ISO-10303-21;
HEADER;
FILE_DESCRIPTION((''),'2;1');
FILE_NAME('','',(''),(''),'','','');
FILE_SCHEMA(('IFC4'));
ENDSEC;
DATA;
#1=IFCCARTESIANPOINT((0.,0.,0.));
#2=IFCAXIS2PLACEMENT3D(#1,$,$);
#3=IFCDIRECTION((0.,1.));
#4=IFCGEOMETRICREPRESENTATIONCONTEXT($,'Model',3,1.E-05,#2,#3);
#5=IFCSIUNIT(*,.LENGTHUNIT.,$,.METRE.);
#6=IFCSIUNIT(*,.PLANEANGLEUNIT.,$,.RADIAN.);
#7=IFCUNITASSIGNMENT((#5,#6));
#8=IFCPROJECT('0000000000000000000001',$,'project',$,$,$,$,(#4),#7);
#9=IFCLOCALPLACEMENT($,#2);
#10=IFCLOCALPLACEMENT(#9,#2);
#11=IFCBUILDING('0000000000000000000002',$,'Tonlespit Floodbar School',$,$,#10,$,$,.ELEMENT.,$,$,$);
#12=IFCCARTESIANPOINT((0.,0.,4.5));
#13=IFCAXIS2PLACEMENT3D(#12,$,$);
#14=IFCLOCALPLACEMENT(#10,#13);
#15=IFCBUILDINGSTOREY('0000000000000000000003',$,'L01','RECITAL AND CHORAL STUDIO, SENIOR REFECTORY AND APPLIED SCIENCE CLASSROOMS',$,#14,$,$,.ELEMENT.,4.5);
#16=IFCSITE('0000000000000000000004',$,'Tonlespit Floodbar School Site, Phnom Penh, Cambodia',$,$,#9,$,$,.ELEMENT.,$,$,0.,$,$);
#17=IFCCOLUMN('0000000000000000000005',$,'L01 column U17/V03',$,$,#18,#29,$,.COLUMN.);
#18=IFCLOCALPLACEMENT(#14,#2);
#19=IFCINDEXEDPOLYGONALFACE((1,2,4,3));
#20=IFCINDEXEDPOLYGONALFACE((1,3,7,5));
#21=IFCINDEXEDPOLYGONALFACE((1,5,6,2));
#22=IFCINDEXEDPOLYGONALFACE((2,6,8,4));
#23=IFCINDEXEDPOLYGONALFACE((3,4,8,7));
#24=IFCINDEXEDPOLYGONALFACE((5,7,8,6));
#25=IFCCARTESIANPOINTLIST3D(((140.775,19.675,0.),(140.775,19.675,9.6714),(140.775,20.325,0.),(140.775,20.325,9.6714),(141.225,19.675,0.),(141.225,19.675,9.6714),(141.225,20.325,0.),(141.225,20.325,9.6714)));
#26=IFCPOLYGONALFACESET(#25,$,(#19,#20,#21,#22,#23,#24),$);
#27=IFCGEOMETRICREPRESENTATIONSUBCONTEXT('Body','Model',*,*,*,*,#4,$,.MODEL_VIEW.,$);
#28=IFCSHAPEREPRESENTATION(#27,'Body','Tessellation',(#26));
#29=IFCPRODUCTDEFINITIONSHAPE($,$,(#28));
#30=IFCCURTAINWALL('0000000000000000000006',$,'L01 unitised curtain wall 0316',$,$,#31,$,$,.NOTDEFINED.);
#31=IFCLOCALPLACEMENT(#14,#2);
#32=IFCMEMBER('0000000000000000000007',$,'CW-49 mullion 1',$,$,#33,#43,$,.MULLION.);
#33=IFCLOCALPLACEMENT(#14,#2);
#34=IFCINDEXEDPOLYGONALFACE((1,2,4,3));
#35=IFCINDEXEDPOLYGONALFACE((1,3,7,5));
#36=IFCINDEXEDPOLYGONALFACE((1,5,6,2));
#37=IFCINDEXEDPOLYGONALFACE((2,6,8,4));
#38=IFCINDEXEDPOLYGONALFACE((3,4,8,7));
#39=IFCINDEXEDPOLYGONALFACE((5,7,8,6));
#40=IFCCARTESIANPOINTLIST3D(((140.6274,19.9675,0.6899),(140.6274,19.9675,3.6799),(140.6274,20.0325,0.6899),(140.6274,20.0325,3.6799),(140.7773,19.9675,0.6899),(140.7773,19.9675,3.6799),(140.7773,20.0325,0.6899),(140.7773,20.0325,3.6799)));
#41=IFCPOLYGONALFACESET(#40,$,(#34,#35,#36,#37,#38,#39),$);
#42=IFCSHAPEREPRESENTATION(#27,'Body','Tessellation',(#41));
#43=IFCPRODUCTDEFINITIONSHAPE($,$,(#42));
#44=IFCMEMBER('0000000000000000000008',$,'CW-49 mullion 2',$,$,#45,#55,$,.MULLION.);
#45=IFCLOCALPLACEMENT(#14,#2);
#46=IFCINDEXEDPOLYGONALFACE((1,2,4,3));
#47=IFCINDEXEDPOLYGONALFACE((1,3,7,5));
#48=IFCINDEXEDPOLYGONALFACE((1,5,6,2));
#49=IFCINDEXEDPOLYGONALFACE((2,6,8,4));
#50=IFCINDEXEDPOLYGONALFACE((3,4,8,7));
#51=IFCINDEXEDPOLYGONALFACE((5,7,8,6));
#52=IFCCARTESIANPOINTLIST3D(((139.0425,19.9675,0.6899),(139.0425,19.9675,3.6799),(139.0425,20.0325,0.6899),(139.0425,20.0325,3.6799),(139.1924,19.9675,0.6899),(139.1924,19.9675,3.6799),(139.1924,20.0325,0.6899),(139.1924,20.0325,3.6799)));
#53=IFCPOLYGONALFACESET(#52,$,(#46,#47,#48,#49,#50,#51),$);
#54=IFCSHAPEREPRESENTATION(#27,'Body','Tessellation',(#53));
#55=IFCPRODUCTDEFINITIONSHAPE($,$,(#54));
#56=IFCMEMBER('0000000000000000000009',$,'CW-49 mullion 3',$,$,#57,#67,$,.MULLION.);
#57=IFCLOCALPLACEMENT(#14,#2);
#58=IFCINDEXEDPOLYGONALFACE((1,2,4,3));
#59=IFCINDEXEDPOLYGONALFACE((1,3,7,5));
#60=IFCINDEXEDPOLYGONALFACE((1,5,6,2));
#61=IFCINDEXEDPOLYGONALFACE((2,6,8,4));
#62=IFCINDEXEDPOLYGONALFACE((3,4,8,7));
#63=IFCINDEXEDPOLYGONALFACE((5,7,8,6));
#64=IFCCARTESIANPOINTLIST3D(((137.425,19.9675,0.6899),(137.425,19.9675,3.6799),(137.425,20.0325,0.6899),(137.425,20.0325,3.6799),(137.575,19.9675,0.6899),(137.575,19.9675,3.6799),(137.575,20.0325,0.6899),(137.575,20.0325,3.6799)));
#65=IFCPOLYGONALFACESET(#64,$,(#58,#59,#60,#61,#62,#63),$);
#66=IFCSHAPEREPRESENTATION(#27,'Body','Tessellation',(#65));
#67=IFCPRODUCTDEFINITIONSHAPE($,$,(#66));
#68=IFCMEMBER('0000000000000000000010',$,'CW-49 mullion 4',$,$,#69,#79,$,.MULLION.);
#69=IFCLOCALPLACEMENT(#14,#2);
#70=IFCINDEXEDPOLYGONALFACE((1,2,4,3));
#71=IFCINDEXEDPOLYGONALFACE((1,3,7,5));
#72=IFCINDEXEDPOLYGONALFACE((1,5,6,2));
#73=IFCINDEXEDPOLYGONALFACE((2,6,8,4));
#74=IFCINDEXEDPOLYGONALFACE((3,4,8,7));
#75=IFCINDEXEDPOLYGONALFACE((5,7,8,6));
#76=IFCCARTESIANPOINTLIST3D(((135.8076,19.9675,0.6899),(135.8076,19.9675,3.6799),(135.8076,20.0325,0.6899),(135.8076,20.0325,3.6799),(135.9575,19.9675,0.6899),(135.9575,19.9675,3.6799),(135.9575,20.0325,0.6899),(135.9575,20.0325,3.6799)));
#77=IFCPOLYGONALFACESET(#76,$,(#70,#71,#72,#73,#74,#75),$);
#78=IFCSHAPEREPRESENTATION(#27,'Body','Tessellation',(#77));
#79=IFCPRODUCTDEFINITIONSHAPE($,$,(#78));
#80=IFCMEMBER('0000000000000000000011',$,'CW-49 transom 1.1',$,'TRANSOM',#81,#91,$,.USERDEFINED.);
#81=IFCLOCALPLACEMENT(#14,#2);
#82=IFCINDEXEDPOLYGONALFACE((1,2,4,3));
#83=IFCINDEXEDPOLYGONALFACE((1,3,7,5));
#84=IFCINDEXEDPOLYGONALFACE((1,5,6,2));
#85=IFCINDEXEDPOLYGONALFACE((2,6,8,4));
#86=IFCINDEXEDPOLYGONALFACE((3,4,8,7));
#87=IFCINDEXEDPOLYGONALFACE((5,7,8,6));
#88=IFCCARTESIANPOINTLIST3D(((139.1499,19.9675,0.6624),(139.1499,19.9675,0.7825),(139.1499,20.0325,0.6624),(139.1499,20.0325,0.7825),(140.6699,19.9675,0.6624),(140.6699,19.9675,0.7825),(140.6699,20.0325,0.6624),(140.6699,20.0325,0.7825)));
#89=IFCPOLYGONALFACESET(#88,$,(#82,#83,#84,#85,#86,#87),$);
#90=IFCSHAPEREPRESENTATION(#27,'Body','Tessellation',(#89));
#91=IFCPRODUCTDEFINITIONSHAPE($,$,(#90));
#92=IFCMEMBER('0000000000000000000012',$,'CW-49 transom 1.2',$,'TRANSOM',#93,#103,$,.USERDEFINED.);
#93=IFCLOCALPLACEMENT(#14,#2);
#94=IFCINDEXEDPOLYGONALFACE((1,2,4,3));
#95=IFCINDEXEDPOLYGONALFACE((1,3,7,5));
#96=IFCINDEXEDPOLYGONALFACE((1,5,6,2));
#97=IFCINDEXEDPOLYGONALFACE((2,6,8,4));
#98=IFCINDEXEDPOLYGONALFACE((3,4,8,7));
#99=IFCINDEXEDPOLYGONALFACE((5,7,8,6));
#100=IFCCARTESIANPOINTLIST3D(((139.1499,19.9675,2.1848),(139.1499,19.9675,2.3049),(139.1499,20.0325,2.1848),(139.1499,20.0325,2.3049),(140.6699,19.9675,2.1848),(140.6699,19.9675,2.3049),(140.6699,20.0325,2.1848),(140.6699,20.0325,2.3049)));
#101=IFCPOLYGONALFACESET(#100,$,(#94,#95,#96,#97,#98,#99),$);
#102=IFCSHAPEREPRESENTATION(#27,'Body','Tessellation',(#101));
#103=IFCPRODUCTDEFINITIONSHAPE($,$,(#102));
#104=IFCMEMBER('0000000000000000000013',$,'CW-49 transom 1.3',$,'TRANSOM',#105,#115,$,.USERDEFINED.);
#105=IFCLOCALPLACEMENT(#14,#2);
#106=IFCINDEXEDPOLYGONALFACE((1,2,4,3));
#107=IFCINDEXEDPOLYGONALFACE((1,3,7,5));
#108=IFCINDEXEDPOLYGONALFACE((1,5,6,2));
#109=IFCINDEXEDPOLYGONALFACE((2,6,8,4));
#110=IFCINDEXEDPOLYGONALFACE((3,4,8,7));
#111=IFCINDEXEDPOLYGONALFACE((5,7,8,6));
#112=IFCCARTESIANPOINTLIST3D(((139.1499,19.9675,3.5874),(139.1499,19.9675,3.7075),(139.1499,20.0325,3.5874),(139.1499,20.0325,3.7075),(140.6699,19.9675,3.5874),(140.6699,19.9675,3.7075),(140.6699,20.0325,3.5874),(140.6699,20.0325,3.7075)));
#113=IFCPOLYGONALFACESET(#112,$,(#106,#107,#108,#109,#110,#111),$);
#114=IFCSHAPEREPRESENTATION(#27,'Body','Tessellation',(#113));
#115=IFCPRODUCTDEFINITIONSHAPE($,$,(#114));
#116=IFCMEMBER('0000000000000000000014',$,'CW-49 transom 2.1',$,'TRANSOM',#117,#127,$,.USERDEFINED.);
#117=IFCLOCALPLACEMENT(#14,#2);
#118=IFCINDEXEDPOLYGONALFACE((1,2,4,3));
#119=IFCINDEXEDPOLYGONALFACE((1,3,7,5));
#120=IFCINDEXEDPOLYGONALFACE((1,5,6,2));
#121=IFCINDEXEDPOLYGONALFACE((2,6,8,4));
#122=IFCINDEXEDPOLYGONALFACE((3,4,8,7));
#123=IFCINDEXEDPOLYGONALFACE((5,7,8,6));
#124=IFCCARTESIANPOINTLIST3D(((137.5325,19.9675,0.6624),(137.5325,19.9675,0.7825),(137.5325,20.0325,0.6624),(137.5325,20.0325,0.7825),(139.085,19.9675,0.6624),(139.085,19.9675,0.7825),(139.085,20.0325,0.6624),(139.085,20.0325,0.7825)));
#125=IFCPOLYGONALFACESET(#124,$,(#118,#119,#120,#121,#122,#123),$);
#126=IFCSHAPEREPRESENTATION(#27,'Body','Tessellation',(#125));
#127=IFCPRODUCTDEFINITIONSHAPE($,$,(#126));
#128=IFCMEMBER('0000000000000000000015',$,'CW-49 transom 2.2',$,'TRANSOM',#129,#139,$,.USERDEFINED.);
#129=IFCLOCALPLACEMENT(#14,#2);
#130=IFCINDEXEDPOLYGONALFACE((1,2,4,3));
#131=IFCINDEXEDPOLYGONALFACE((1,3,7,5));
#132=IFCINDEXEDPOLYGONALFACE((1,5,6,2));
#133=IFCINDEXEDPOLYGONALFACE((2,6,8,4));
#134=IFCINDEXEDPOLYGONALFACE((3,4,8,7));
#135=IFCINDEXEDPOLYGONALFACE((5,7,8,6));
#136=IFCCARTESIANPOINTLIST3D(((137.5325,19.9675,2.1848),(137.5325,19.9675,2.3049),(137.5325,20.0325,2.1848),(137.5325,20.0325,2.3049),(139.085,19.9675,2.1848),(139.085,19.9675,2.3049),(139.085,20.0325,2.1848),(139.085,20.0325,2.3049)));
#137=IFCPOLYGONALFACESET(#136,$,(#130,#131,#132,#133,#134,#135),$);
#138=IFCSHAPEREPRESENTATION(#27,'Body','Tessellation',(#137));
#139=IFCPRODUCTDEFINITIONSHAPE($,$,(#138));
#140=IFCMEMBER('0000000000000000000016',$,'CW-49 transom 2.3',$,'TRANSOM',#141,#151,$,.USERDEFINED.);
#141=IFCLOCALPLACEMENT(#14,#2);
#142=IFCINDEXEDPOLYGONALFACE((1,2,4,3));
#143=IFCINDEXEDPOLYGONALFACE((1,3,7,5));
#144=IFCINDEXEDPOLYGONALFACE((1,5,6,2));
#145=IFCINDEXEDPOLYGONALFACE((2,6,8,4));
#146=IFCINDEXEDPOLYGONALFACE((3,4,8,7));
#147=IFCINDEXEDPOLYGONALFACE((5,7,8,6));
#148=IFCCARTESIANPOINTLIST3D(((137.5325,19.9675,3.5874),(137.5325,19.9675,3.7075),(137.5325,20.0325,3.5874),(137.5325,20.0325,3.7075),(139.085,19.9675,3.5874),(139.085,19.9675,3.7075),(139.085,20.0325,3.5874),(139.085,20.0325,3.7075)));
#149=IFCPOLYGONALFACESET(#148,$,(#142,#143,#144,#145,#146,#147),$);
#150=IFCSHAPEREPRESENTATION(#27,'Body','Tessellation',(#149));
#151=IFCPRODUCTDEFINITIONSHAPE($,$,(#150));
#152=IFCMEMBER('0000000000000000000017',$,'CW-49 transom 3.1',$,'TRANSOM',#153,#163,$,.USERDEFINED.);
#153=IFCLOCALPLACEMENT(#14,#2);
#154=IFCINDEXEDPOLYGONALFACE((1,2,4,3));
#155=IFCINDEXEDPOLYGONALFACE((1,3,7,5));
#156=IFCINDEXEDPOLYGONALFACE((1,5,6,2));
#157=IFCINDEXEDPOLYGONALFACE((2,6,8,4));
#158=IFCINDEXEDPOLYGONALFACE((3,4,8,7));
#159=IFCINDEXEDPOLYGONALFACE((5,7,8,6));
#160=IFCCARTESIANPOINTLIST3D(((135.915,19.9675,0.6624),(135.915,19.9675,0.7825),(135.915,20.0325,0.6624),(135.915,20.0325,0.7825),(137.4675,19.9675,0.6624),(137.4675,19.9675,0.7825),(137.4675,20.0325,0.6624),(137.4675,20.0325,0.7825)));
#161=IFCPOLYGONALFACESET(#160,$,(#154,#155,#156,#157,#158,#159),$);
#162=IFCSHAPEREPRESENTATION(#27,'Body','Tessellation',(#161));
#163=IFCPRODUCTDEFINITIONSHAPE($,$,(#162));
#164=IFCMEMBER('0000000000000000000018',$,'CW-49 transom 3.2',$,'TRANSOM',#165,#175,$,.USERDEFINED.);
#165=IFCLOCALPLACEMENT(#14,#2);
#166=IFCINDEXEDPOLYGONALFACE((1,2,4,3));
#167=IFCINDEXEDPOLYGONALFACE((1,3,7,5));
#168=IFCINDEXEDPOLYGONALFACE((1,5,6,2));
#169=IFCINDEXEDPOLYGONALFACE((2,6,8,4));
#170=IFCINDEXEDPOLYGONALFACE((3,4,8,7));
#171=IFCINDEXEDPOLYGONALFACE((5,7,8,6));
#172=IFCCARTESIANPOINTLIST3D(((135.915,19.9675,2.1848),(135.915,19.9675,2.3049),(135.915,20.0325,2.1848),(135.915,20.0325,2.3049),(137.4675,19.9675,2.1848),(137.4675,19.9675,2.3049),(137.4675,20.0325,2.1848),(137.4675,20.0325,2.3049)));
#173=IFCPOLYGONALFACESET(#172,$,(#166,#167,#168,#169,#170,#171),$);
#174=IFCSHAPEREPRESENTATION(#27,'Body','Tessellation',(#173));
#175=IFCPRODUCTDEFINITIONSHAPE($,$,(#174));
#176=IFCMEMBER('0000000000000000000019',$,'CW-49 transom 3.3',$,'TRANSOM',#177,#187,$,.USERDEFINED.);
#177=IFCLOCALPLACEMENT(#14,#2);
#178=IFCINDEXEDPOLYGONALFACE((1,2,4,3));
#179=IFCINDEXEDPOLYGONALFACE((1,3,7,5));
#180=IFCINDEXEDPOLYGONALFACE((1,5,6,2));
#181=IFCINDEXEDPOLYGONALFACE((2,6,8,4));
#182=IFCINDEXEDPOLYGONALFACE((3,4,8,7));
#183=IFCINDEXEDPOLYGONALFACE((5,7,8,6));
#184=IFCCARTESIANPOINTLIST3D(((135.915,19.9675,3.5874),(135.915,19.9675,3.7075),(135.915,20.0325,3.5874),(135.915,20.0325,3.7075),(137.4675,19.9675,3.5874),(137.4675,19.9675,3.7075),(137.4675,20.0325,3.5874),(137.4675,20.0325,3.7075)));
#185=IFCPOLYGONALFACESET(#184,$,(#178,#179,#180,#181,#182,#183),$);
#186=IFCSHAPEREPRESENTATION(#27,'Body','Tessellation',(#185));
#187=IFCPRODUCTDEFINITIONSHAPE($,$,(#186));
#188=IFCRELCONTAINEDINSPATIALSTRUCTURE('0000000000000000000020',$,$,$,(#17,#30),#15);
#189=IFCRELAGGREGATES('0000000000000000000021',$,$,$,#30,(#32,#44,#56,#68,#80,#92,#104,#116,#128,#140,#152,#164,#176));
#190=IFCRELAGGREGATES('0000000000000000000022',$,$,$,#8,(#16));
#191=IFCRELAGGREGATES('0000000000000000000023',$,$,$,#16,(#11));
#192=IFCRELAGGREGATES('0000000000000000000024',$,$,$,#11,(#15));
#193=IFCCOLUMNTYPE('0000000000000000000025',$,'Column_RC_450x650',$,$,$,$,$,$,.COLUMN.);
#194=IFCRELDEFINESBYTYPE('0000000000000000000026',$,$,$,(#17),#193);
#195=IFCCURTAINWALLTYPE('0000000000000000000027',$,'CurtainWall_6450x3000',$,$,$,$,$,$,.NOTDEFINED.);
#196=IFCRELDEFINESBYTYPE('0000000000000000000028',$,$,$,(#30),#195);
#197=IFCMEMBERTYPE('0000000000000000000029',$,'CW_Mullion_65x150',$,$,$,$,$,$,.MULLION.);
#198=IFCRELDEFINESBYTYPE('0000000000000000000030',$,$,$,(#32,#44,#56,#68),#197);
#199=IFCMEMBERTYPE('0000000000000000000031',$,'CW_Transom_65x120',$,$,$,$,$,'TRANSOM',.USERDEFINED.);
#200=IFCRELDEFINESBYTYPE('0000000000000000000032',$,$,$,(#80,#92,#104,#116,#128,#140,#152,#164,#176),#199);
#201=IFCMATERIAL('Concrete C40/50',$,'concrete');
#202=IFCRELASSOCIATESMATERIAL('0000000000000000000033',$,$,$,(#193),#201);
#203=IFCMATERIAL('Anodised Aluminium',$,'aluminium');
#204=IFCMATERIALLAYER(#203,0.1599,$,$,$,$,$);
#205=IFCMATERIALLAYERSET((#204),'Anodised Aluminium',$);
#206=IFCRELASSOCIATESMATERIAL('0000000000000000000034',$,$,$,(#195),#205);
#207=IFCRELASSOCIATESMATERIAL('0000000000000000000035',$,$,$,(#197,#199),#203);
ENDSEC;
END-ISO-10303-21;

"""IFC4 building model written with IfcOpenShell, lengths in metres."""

from ifc_helpers import new_model, si_unit, direction, frame, origin, origin_2d, place, context, subcontext, project, spatial, rectangle, extrude, material, layer, layer_set, material_profile, profile_set, type_object, element, aggregate, save


model = new_model("IFC4")

# Units and contexts
model_context = context("Model", 3, precision=1e-05, world=origin(), true_north=direction((0.0, 1.0)))
body_context = subcontext(model_context, "Body", "Model", "MODEL_VIEW")
ifc_project = project(units=[si_unit("LENGTHUNIT", "METRE"), si_unit("PLANEANGLEUNIT", "RADIAN")], contexts=[model_context])

# Site, building, storey
site_placement = place(None, origin())
site = spatial("IfcSite", under=ifc_project, at=site_placement, Name="Tonlespit Floodbar School Site, Phnom Penh, Cambodia", CompositionType="ELEMENT", RefElevation=0.0)
building_placement = place(site_placement, origin())
building = spatial("IfcBuilding", under=site, at=building_placement, Name="Tonlespit Floodbar School", CompositionType="ELEMENT")
storey_placement = place(building_placement, frame((0.0, 0.0, 4.5)))
storey = spatial("IfcBuildingStorey", under=building, at=storey_placement, Name="L01", Description="RECITAL AND CHORAL STUDIO, SENIOR REFECTORY AND APPLIED SCIENCE CLASSROOMS", CompositionType="ELEMENT", Elevation=4.5)

# Column
ifc_material_1 = material(Name="Concrete C40/50", Category="concrete")
ifc_material_profile_1 = material_profile(ifc_material_1, rectangle(XDim=0.45, YDim=0.6499, at=origin_2d()), Name="RC 450x650")
ifc_profile_set_1 = profile_set([ifc_material_profile_1], Name="Concrete C40/50")
column_type = type_object("IfcColumnType", Name="Column_RC_450x650", PredefinedType="COLUMN", material=ifc_profile_set_1)
column_placement = place(storey_placement, frame((141.0, 20.0, 0.0), z_axis=(0.0, 0.0, 1.0), x_axis=(1.0, 0.0, 0.0)))
element("IfcColumn", 1, at=column_placement, inside=storey, type_object=column_type, Name="L01 column U17/V03", PredefinedType="COLUMN", context=body_context, shape_type="SweptSolid", body=[
    extrude(rectangle(XDim=0.45, YDim=0.6499, at=origin_2d()), origin(), (0.0, 0.0, 1.0), 9.6714),
])

# Curtain wall, members
ifc_material_2 = material(Name="Anodised Aluminium", Category="aluminium")
ifc_layer_1 = layer(ifc_material_2, 0.1599)
ifc_layer_set_1 = layer_set([ifc_layer_1], Name="Anodised Aluminium")
curtain_wall_type = type_object("IfcCurtainWallType", Name="CurtainWall_6450x3000", PredefinedType="NOTDEFINED", material=ifc_layer_set_1)
curtain_wall_placement = place(storey_placement, origin())
curtain_wall = element("IfcCurtainWall", 2, at=curtain_wall_placement, inside=storey, type_object=curtain_wall_type, Name="L01 unitised curtain wall 0316", PredefinedType="NOTDEFINED")
ifc_material_profile_2 = material_profile(ifc_material_2, rectangle(XDim=0.0649, YDim=0.1499, at=origin_2d()), Name="ALU M65x150")
ifc_profile_set_2 = profile_set([ifc_material_profile_2], Name="Anodised Aluminium")
member_type_1 = type_object("IfcMemberType", Name="CW_Mullion_65x150", PredefinedType="MULLION", material=ifc_profile_set_2)
member_1_placement = place(storey_placement, frame((140.7024, 20.0, 0.6899), z_axis=(0.0, 0.0, 1.0), x_axis=(0.0, -1.0, 0.0)))
member_1 = element("IfcMember", 3, at=member_1_placement, type_object=member_type_1, Name="CW-49 mullion 1", PredefinedType="MULLION", context=body_context, shape_type="SweptSolid", body=[
    extrude(rectangle(XDim=0.0649, YDim=0.1499, at=origin_2d()), origin(), (0.0, 0.0, 1.0), 2.99),
])
member_2_placement = place(storey_placement, frame((139.1174, 20.0, 0.6899), z_axis=(0.0, 0.0, 1.0), x_axis=(0.0, -1.0, 0.0)))
member_2 = element("IfcMember", 4, at=member_2_placement, type_object=member_type_1, Name="CW-49 mullion 2", PredefinedType="MULLION", context=body_context, shape_type="SweptSolid", body=[
    extrude(rectangle(XDim=0.0649, YDim=0.1499, at=origin_2d()), origin(), (0.0, 0.0, 1.0), 2.99),
])
member_3_placement = place(storey_placement, frame((137.5, 20.0, 0.6899), z_axis=(0.0, 0.0, 1.0), x_axis=(0.0, -1.0, 0.0)))
member_3 = element("IfcMember", 5, at=member_3_placement, type_object=member_type_1, Name="CW-49 mullion 3", PredefinedType="MULLION", context=body_context, shape_type="SweptSolid", body=[
    extrude(rectangle(XDim=0.0649, YDim=0.1499, at=origin_2d()), origin(), (0.0, 0.0, 1.0), 2.99),
])
member_4_placement = place(storey_placement, frame((135.8826, 20.0, 0.6899), z_axis=(0.0, 0.0, 1.0), x_axis=(0.0, -1.0, 0.0)))
member_4 = element("IfcMember", 6, at=member_4_placement, type_object=member_type_1, Name="CW-49 mullion 4", PredefinedType="MULLION", context=body_context, shape_type="SweptSolid", body=[
    extrude(rectangle(XDim=0.0649, YDim=0.1499, at=origin_2d()), origin(), (0.0, 0.0, 1.0), 2.99),
])
ifc_material_profile_3 = material_profile(ifc_material_2, rectangle(XDim=0.0649, YDim=0.1201, at=origin_2d()), Name="ALU T65x120")
ifc_profile_set_3 = profile_set([ifc_material_profile_3], Name="Anodised Aluminium")
member_type_2 = type_object("IfcMemberType", Name="CW_Transom_65x120", ElementType="TRANSOM", PredefinedType="USERDEFINED", material=ifc_profile_set_3)
member_5_placement = place(storey_placement, frame((140.6699, 20.0, 0.7224), z_axis=(-1.0, 0.0, 0.0), x_axis=(0.0, -1.0, 0.0)))
member_5 = element("IfcMember", 7, at=member_5_placement, type_object=member_type_2, Name="CW-49 transom 1.1", ObjectType="TRANSOM", PredefinedType="USERDEFINED", context=body_context, shape_type="SweptSolid", body=[
    extrude(rectangle(XDim=0.0649, YDim=0.1201, at=origin_2d()), origin(), (0.0, 0.0, 1.0), 1.52),
])
member_6_placement = place(storey_placement, frame((140.6699, 20.0, 2.2449), z_axis=(-1.0, 0.0, 0.0), x_axis=(0.0, -1.0, 0.0)))
member_6 = element("IfcMember", 8, at=member_6_placement, type_object=member_type_2, Name="CW-49 transom 1.2", ObjectType="TRANSOM", PredefinedType="USERDEFINED", context=body_context, shape_type="SweptSolid", body=[
    extrude(rectangle(XDim=0.0649, YDim=0.1201, at=origin_2d()), origin(), (0.0, 0.0, 1.0), 1.52),
])
member_7_placement = place(storey_placement, frame((140.6699, 20.0, 3.6475), z_axis=(-1.0, 0.0, 0.0), x_axis=(0.0, -1.0, 0.0)))
member_7 = element("IfcMember", 9, at=member_7_placement, type_object=member_type_2, Name="CW-49 transom 1.3", ObjectType="TRANSOM", PredefinedType="USERDEFINED", context=body_context, shape_type="SweptSolid", body=[
    extrude(rectangle(XDim=0.0649, YDim=0.1201, at=origin_2d()), origin(), (0.0, 0.0, 1.0), 1.52),
])
member_8_placement = place(storey_placement, frame((139.085, 20.0, 0.7224), z_axis=(-1.0, 0.0, 0.0), x_axis=(0.0, -1.0, 0.0)))
member_8 = element("IfcMember", 10, at=member_8_placement, type_object=member_type_2, Name="CW-49 transom 2.1", ObjectType="TRANSOM", PredefinedType="USERDEFINED", context=body_context, shape_type="SweptSolid", body=[
    extrude(rectangle(XDim=0.0649, YDim=0.1201, at=origin_2d()), origin(), (0.0, 0.0, 1.0), 1.5525),
])
member_9_placement = place(storey_placement, frame((139.085, 20.0, 2.2449), z_axis=(-1.0, 0.0, 0.0), x_axis=(0.0, -1.0, 0.0)))
member_9 = element("IfcMember", 11, at=member_9_placement, type_object=member_type_2, Name="CW-49 transom 2.2", ObjectType="TRANSOM", PredefinedType="USERDEFINED", context=body_context, shape_type="SweptSolid", body=[
    extrude(rectangle(XDim=0.0649, YDim=0.1201, at=origin_2d()), origin(), (0.0, 0.0, 1.0), 1.5525),
])
member_10_placement = place(storey_placement, frame((139.085, 20.0, 3.6475), z_axis=(-1.0, 0.0, 0.0), x_axis=(0.0, -1.0, 0.0)))
member_10 = element("IfcMember", 12, at=member_10_placement, type_object=member_type_2, Name="CW-49 transom 2.3", ObjectType="TRANSOM", PredefinedType="USERDEFINED", context=body_context, shape_type="SweptSolid", body=[
    extrude(rectangle(XDim=0.0649, YDim=0.1201, at=origin_2d()), origin(), (0.0, 0.0, 1.0), 1.5525),
])
member_11_placement = place(storey_placement, frame((137.4675, 20.0, 0.7224), z_axis=(-1.0, 0.0, 0.0), x_axis=(0.0, -1.0, 0.0)))
member_11 = element("IfcMember", 13, at=member_11_placement, type_object=member_type_2, Name="CW-49 transom 3.1", ObjectType="TRANSOM", PredefinedType="USERDEFINED", context=body_context, shape_type="SweptSolid", body=[
    extrude(rectangle(XDim=0.0649, YDim=0.1201, at=origin_2d()), origin(), (0.0, 0.0, 1.0), 1.5525),
])
member_12_placement = place(storey_placement, frame((137.4675, 20.0, 2.2449), z_axis=(-1.0, 0.0, 0.0), x_axis=(0.0, -1.0, 0.0)))
member_12 = element("IfcMember", 14, at=member_12_placement, type_object=member_type_2, Name="CW-49 transom 3.2", ObjectType="TRANSOM", PredefinedType="USERDEFINED", context=body_context, shape_type="SweptSolid", body=[
    extrude(rectangle(XDim=0.0649, YDim=0.1201, at=origin_2d()), origin(), (0.0, 0.0, 1.0), 1.5525),
])
member_13_placement = place(storey_placement, frame((137.4675, 20.0, 3.6475), z_axis=(-1.0, 0.0, 0.0), x_axis=(0.0, -1.0, 0.0)))
member_13 = element("IfcMember", 15, at=member_13_placement, type_object=member_type_2, Name="CW-49 transom 3.3", ObjectType="TRANSOM", PredefinedType="USERDEFINED", context=body_context, shape_type="SweptSolid", body=[
    extrude(rectangle(XDim=0.0649, YDim=0.1201, at=origin_2d()), origin(), (0.0, 0.0, 1.0), 1.5525),
])

aggregate(curtain_wall, [member_1, member_2, member_3, member_4, member_5, member_6, member_7, member_8, member_9, member_10, member_11, member_12, member_13])

save(model, "model.ifc")
